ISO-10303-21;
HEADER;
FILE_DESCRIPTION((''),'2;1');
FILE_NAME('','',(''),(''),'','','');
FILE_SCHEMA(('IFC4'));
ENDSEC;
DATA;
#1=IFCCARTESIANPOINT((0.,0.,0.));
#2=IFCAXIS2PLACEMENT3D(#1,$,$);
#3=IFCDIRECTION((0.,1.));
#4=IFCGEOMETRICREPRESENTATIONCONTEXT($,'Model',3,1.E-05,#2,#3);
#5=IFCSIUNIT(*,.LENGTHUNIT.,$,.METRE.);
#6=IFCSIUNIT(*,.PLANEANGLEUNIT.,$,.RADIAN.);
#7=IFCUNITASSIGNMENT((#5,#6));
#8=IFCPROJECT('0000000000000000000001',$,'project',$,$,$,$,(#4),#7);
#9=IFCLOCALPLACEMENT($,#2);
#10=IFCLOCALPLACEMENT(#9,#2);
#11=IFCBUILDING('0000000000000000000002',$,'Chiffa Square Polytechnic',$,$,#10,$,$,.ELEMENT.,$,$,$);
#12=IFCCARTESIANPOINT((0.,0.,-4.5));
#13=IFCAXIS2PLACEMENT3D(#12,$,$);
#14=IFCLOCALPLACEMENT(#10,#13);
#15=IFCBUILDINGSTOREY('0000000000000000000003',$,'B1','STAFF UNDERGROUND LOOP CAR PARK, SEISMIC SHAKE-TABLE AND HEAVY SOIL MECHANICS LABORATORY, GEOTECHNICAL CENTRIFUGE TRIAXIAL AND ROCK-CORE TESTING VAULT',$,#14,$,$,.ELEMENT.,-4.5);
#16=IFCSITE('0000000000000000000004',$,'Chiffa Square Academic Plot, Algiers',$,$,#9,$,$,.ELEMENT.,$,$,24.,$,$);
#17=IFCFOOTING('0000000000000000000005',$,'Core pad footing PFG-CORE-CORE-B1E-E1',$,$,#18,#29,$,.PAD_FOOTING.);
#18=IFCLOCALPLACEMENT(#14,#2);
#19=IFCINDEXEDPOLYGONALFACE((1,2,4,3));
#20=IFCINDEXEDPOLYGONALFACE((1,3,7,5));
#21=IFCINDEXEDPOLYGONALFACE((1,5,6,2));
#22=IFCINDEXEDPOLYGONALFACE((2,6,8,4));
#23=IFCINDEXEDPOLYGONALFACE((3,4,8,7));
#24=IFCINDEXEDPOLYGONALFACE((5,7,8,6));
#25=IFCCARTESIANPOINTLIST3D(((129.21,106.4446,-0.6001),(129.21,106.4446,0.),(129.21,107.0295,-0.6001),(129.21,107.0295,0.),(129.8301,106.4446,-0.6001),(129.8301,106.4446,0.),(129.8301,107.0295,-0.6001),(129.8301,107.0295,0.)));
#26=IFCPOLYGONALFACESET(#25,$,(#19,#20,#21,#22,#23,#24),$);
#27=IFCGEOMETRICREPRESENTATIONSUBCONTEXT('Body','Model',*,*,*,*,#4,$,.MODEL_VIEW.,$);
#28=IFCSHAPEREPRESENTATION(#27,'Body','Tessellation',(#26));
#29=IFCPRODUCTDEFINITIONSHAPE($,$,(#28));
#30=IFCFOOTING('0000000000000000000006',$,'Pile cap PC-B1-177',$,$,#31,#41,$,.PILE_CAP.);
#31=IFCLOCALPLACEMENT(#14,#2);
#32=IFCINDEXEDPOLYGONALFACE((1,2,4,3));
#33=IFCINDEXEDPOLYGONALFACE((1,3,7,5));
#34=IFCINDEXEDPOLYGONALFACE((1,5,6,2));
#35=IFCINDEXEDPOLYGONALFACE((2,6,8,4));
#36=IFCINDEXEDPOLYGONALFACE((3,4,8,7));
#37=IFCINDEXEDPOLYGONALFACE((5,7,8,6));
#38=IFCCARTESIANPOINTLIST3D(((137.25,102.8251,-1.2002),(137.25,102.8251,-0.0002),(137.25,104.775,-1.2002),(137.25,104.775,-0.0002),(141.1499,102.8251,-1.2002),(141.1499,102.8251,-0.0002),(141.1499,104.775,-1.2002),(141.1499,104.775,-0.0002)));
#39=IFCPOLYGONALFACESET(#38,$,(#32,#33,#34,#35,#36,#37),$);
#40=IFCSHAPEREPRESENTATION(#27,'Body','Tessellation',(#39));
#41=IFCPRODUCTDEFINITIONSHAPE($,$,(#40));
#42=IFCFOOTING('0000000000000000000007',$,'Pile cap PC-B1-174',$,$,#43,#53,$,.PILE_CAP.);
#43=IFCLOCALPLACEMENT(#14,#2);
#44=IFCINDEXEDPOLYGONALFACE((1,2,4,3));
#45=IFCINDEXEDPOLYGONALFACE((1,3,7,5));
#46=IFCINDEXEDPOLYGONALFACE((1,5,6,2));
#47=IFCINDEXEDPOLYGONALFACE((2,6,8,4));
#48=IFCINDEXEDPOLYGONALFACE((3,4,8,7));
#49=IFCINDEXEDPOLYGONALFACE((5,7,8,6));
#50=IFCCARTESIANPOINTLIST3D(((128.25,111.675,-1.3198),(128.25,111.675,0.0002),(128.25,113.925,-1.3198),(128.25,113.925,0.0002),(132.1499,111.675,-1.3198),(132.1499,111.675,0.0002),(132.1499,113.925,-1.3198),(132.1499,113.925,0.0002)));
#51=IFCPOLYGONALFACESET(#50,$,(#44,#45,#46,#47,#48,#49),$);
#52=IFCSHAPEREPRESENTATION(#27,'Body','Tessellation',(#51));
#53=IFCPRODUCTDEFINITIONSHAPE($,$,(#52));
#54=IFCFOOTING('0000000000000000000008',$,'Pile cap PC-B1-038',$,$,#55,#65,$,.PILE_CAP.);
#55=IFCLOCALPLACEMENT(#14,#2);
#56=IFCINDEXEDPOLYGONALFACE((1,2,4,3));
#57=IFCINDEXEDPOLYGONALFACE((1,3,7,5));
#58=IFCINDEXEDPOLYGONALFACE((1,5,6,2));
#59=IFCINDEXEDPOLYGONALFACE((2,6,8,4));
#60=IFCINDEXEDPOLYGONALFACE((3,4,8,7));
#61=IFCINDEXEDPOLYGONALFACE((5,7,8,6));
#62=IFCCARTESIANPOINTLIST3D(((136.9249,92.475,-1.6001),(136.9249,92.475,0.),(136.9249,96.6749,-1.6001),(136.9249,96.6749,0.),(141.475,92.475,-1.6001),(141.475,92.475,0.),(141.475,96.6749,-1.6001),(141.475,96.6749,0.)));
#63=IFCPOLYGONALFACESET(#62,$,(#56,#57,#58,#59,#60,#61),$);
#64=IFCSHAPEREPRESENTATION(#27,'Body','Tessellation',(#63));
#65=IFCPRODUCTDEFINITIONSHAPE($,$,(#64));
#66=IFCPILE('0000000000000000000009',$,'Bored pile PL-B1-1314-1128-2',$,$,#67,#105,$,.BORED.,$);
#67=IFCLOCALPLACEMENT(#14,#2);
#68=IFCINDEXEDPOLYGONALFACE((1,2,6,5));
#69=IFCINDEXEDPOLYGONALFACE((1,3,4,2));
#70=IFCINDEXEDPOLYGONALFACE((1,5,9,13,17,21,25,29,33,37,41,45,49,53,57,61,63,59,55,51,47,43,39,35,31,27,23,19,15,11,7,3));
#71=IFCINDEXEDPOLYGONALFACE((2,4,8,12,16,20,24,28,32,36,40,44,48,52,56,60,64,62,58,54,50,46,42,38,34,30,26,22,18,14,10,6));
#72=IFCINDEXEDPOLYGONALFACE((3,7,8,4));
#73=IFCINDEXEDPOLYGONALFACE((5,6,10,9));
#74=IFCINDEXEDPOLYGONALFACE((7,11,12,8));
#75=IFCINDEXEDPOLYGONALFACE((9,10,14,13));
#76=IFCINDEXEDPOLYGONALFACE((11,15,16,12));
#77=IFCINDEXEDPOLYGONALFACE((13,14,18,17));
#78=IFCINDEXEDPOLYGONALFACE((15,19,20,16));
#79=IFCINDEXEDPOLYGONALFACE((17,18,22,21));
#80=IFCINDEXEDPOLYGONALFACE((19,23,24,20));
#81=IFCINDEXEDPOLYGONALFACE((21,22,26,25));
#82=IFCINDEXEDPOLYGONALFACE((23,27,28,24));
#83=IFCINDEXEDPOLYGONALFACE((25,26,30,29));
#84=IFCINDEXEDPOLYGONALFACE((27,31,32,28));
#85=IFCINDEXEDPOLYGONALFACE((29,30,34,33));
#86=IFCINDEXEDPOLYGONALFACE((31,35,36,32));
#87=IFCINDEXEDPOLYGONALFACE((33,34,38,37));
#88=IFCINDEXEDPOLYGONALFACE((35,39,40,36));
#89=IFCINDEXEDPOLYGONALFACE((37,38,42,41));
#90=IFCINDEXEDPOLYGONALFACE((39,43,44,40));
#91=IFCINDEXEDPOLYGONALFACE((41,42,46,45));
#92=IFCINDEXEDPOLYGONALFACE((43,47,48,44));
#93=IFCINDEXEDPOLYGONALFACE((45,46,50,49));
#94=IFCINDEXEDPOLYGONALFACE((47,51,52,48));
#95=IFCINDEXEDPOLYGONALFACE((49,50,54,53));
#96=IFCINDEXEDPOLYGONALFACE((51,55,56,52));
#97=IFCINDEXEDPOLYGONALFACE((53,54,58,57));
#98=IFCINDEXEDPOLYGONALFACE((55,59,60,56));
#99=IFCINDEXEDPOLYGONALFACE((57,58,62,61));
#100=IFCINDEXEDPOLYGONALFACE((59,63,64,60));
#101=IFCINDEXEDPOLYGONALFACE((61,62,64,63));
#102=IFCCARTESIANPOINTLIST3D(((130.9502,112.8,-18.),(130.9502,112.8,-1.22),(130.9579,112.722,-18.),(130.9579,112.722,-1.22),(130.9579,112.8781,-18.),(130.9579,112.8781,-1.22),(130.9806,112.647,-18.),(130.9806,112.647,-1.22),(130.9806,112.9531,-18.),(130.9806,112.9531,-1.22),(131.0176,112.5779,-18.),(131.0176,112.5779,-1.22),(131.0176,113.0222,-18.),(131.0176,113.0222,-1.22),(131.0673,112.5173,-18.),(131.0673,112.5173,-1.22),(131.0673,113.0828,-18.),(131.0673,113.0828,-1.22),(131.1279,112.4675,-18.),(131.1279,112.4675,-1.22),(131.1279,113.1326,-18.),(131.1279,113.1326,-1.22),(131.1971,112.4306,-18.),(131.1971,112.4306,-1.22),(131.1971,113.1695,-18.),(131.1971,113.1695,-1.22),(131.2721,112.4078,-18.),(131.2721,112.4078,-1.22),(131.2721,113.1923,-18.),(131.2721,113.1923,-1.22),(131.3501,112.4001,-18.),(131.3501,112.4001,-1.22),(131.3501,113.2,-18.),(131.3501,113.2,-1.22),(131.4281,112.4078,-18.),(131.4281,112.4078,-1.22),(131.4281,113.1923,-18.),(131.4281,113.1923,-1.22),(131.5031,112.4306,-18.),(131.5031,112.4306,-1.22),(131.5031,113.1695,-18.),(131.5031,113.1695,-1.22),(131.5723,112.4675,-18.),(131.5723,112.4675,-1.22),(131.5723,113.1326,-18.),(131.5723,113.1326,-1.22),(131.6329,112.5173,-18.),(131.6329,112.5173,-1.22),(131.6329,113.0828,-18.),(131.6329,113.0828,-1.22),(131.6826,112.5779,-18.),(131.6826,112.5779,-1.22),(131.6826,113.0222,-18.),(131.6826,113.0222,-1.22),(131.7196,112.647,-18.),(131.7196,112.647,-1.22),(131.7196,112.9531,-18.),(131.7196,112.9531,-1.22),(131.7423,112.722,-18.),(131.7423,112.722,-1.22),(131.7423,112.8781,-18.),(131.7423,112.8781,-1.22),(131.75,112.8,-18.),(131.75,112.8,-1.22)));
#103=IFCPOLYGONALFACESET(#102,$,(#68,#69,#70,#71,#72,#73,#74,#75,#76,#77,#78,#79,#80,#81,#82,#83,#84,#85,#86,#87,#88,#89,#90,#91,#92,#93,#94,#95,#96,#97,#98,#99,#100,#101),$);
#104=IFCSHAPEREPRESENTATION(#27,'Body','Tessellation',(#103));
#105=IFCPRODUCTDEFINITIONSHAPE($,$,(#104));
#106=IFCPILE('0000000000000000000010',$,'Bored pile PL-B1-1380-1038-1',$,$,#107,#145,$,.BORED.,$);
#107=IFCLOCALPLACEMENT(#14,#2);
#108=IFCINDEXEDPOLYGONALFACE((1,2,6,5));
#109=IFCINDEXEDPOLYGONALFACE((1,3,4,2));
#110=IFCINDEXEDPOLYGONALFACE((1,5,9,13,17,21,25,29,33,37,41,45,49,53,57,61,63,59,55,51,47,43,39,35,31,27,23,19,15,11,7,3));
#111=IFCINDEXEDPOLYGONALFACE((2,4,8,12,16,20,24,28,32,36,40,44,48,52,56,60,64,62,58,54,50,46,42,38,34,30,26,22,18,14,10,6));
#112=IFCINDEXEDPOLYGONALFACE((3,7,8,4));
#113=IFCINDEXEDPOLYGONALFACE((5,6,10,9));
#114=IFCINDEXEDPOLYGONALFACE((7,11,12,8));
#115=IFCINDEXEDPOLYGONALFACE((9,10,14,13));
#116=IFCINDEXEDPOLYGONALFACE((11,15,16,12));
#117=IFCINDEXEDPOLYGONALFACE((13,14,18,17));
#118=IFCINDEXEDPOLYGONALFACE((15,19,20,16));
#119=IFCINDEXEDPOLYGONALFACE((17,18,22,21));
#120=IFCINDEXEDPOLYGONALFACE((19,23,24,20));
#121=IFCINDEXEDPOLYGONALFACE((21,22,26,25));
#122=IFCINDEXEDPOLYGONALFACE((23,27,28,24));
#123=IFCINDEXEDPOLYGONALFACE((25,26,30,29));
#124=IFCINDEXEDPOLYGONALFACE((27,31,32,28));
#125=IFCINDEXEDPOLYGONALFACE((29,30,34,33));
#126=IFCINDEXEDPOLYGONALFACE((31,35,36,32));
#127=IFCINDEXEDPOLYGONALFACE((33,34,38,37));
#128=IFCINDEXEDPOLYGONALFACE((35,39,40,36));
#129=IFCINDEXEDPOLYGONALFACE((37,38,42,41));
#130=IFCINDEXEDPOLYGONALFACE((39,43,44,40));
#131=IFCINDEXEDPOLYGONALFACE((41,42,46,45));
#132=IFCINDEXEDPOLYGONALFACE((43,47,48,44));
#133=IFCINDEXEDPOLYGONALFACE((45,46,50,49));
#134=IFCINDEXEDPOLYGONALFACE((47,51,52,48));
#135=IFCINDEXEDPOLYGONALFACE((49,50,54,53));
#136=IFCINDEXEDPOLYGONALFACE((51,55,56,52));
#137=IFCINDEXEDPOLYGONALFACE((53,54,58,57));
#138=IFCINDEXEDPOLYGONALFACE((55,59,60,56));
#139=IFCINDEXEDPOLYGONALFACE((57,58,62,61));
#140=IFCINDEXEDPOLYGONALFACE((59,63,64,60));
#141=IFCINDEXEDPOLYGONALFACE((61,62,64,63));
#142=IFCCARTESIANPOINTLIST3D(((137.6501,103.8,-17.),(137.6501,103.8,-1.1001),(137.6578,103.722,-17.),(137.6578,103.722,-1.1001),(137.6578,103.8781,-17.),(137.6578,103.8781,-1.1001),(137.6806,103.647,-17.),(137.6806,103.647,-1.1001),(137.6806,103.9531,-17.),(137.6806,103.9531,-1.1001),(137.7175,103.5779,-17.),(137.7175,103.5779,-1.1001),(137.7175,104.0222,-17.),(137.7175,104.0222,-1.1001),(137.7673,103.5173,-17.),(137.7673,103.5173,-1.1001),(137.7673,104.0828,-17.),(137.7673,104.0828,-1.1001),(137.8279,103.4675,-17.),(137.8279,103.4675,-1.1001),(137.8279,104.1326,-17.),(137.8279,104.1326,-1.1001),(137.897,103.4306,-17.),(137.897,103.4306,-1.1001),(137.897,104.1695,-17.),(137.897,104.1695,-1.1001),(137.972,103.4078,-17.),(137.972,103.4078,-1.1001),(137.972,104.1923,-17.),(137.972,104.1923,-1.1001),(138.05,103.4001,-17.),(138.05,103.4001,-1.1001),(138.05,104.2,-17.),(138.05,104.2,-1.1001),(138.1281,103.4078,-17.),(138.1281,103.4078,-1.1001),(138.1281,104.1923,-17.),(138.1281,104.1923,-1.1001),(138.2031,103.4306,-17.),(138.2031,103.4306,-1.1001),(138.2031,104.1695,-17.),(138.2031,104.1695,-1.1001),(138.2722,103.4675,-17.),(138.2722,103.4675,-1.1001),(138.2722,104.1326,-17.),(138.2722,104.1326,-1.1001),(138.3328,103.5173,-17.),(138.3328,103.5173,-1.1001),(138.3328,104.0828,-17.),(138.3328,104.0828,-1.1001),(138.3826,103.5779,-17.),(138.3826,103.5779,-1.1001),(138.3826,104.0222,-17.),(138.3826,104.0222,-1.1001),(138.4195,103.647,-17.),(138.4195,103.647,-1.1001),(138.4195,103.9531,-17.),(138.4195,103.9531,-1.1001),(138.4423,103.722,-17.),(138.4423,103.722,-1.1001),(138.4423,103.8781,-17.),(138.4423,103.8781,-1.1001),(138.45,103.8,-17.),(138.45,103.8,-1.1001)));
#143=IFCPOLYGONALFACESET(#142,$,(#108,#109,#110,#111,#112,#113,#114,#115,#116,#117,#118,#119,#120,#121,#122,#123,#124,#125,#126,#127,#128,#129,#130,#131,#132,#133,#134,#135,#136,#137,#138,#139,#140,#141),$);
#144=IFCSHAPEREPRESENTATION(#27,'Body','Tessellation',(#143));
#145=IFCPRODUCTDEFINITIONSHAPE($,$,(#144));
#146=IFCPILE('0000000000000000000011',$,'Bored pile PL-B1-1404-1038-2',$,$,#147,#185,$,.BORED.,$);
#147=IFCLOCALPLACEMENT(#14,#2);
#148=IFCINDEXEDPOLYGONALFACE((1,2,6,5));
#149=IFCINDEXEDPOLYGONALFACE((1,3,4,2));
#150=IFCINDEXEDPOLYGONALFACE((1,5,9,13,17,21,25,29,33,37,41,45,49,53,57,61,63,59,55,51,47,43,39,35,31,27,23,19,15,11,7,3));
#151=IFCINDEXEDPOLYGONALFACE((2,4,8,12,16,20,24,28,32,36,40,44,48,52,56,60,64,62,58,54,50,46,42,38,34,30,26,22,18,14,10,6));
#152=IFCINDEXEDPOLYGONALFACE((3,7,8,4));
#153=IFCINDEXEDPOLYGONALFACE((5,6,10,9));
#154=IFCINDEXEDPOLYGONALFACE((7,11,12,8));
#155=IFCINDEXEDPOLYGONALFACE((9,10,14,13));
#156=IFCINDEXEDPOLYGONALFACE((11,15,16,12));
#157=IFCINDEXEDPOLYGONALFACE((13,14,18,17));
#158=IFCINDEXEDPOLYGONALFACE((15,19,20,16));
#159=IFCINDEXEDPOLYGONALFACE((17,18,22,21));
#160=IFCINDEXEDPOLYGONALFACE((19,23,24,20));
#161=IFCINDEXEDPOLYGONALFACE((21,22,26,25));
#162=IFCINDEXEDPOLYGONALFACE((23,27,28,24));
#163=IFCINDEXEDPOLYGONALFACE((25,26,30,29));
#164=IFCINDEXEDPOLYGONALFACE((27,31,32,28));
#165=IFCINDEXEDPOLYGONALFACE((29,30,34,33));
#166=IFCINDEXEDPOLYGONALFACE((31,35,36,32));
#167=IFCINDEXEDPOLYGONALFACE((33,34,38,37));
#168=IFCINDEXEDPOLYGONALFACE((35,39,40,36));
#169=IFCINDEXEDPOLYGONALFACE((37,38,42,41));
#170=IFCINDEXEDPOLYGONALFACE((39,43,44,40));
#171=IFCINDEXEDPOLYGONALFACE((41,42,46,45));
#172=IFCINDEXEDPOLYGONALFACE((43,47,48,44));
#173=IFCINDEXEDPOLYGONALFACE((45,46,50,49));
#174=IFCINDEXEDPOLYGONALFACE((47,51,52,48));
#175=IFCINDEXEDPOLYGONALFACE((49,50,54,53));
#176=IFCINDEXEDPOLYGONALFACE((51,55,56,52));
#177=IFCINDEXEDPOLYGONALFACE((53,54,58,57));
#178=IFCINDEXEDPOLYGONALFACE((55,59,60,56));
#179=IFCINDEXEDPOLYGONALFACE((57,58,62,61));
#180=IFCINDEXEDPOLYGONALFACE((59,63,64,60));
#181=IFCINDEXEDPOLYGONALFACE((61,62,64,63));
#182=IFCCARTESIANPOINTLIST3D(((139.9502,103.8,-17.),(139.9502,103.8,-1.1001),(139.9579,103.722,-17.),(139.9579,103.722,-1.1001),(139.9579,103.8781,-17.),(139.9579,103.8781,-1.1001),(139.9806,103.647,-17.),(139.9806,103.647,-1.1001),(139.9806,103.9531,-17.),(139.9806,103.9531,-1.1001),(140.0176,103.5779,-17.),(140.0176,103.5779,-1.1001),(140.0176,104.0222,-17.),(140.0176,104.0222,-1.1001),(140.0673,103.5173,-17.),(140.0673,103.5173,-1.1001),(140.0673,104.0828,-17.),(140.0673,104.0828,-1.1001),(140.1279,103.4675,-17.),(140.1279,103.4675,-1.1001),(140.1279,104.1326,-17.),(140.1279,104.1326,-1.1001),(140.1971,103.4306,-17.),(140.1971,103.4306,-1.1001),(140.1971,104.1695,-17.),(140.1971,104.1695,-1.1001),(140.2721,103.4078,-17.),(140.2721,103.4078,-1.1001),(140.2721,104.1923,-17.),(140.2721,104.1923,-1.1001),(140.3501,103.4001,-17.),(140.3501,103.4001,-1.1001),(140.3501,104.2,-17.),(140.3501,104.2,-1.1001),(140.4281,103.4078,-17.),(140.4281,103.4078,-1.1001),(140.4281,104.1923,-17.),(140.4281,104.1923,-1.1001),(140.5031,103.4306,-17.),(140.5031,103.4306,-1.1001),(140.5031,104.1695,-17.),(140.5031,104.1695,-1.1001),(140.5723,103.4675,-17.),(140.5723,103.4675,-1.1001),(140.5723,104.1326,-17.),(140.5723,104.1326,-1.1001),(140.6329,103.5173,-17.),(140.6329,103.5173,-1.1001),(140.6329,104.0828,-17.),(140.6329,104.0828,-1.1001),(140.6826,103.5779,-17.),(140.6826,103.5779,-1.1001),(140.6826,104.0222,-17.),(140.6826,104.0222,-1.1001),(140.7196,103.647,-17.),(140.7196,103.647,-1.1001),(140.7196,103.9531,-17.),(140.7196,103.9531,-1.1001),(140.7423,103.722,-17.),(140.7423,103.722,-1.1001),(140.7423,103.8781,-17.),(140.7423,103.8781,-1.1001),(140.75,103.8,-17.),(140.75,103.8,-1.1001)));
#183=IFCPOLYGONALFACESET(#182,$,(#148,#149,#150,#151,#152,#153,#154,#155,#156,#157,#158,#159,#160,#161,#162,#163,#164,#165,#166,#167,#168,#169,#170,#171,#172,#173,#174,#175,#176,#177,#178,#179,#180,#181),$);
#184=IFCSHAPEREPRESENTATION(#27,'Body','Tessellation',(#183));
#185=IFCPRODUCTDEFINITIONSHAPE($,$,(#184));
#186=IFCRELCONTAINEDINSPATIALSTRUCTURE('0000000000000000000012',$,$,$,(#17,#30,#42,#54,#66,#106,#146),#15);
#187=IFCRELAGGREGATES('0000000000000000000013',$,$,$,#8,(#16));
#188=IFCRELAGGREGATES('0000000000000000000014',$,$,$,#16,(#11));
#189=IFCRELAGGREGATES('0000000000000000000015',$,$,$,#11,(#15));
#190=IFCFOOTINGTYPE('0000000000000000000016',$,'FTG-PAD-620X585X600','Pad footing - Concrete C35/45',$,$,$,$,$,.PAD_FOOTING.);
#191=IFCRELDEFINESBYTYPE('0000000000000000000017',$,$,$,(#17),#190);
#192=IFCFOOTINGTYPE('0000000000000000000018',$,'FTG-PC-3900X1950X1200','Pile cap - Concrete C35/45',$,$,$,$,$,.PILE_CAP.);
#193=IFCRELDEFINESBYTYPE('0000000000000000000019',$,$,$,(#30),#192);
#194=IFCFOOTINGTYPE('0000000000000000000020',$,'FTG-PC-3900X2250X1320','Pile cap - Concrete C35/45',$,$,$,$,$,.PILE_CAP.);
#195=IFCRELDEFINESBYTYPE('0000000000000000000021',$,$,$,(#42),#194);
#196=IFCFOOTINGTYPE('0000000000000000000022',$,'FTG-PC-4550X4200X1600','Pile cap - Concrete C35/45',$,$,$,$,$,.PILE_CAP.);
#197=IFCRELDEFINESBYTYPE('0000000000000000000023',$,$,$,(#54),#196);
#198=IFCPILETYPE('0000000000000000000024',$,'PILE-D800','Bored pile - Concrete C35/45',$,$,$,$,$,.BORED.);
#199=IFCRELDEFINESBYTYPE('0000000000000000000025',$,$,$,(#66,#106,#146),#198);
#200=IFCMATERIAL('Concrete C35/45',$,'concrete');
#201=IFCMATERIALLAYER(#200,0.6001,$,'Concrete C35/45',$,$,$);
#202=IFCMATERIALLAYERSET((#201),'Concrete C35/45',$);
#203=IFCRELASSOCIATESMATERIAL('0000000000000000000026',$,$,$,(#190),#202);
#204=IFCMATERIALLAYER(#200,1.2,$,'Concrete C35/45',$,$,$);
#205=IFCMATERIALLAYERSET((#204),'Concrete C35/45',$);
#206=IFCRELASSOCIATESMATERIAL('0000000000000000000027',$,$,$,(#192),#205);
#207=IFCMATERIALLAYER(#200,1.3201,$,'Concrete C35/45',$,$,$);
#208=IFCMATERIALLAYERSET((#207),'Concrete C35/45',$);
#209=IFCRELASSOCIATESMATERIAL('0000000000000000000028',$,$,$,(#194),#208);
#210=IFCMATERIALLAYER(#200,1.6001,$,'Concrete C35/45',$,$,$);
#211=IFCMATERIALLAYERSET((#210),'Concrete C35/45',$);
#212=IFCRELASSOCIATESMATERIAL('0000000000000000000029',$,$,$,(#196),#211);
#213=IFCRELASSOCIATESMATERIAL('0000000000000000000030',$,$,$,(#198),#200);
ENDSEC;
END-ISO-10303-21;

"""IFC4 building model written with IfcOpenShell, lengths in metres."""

from ifc_helpers import new_model, si_unit, direction, frame, origin, origin_2d, place, context, subcontext, project, spatial, rectangle, circle, extrude, material, layer, layer_set, material_profile, profile_set, type_object, element, save


model = new_model("IFC4")

# Units and contexts
model_context = context("Model", 3, precision=1e-05, world=origin(), true_north=direction((0.0, 1.0)))
body_context = subcontext(model_context, "Body", "Model", "MODEL_VIEW")
ifc_project = project(units=[si_unit("LENGTHUNIT", "METRE"), si_unit("PLANEANGLEUNIT", "RADIAN")], contexts=[model_context])

# Site, building, storey
site_placement = place(None, origin())
site = spatial("IfcSite", under=ifc_project, at=site_placement, Name="Chiffa Square Academic Plot, Algiers", CompositionType="ELEMENT", RefElevation=24.0)
building_placement = place(site_placement, origin())
building = spatial("IfcBuilding", under=site, at=building_placement, Name="Chiffa Square Polytechnic", CompositionType="ELEMENT")
storey_placement = place(building_placement, frame((0.0, 0.0, -4.5)))
storey = spatial("IfcBuildingStorey", under=building, at=storey_placement, Name="B1", Description="STAFF UNDERGROUND LOOP CAR PARK, SEISMIC SHAKE-TABLE AND HEAVY SOIL MECHANICS LABORATORY, GEOTECHNICAL CENTRIFUGE TRIAXIAL AND ROCK-CORE TESTING VAULT", CompositionType="ELEMENT", Elevation=-4.5)

# Footings
ifc_material_1 = material(Name="Concrete C35/45", Category="concrete")
ifc_layer_1 = layer(ifc_material_1, 0.6001, Name="Concrete C35/45")
ifc_layer_set_1 = layer_set([ifc_layer_1], Name="Concrete C35/45")
footing_type_1 = type_object("IfcFootingType", Name="FTG-PAD-620X585X600", Description="Pad footing - Concrete C35/45", PredefinedType="PAD_FOOTING", material=ifc_layer_set_1)
footing_1_placement = place(storey_placement, frame((129.52, 106.7371, -0.6001), z_axis=(0.0, 0.0, 1.0), x_axis=(1.0, 0.0, 0.0)))
element("IfcFooting", 1, at=footing_1_placement, inside=storey, type_object=footing_type_1, Name="Core pad footing PFG-CORE-CORE-B1E-E1", PredefinedType="PAD_FOOTING", context=body_context, shape_type="SweptSolid", body=[
    extrude(rectangle(XDim=0.6201, YDim=0.585, at=origin_2d()), origin(), (0.0, 0.0, 1.0), 0.6001),
])
ifc_layer_2 = layer(ifc_material_1, 1.2, Name="Concrete C35/45")
ifc_layer_set_2 = layer_set([ifc_layer_2], Name="Concrete C35/45")
footing_type_2 = type_object("IfcFootingType", Name="FTG-PC-3900X1950X1200", Description="Pile cap - Concrete C35/45", PredefinedType="PILE_CAP", material=ifc_layer_set_2)
footing_2_placement = place(storey_placement, frame((139.2, 103.8, -1.2002), z_axis=(0.0, 0.0, 1.0), x_axis=(1.0, 0.0, 0.0)))
element("IfcFooting", 2, at=footing_2_placement, inside=storey, type_object=footing_type_2, Name="Pile cap PC-B1-177", PredefinedType="PILE_CAP", context=body_context, shape_type="SweptSolid", body=[
    extrude(rectangle(XDim=3.8999, YDim=1.95, at=origin_2d()), origin(), (0.0, 0.0, 1.0), 1.2),
])
ifc_layer_3 = layer(ifc_material_1, 1.3201, Name="Concrete C35/45")
ifc_layer_set_3 = layer_set([ifc_layer_3], Name="Concrete C35/45")
footing_type_3 = type_object("IfcFootingType", Name="FTG-PC-3900X2250X1320", Description="Pile cap - Concrete C35/45", PredefinedType="PILE_CAP", material=ifc_layer_set_3)
footing_3_placement = place(storey_placement, frame((130.2, 112.8, -1.3198), z_axis=(0.0, 0.0, 1.0), x_axis=(1.0, 0.0, 0.0)))
element("IfcFooting", 3, at=footing_3_placement, inside=storey, type_object=footing_type_3, Name="Pile cap PC-B1-174", PredefinedType="PILE_CAP", context=body_context, shape_type="SweptSolid", body=[
    extrude(rectangle(XDim=3.8999, YDim=2.25, at=origin_2d()), origin(), (0.0, 0.0, 1.0), 1.3201),
])
ifc_layer_4 = layer(ifc_material_1, 1.6001, Name="Concrete C35/45")
ifc_layer_set_4 = layer_set([ifc_layer_4], Name="Concrete C35/45")
footing_type_4 = type_object("IfcFootingType", Name="FTG-PC-4550X4200X1600", Description="Pile cap - Concrete C35/45", PredefinedType="PILE_CAP", material=ifc_layer_set_4)
footing_4_placement = place(storey_placement, frame((139.2, 94.575, -1.6001), z_axis=(0.0, 0.0, 1.0), x_axis=(1.0, 0.0, 0.0)))
element("IfcFooting", 4, at=footing_4_placement, inside=storey, type_object=footing_type_4, Name="Pile cap PC-B1-038", PredefinedType="PILE_CAP", context=body_context, shape_type="SweptSolid", body=[
    extrude(rectangle(XDim=4.55, YDim=4.2, at=origin_2d()), origin(), (0.0, 0.0, 1.0), 1.6001),
])

# Piles
ifc_material_profile_1 = material_profile(ifc_material_1, circle(Radius=0.3999, at=origin_2d()), Name="PILE D800")
ifc_profile_set_1 = profile_set([ifc_material_profile_1], Name="Concrete C35/45")
pile_type_1 = type_object("IfcPileType", Name="PILE-D800", Description="Bored pile - Concrete C35/45", PredefinedType="BORED", material=ifc_profile_set_1)
pile_1_placement = place(storey_placement, frame((131.3501, 112.8, -1.22), z_axis=(0.0, 0.0, -1.0), x_axis=(1.0, 0.0, 0.0)))
element("IfcPile", 5, at=pile_1_placement, inside=storey, type_object=pile_type_1, Name="Bored pile PL-B1-1314-1128-2", PredefinedType="BORED", context=body_context, shape_type="SweptSolid", body=[
    extrude(circle(Radius=0.3999, at=origin_2d()), origin(), (0.0, 0.0, 1.0), 16.78),
])
for number, where, z_axis, x_axis, name in (
    (6, (138.05, 103.8, -1.1001), (0.0, 0.0, -1.0), (1.0, 0.0, 0.0), "Bored pile PL-B1-1380-1038-1"),
    (7, (140.3501, 103.8, -1.1001), (0.0, 0.0, -1.0), (1.0, 0.0, 0.0), "Bored pile PL-B1-1404-1038-2"),
):
    element("IfcPile", number, at=place(storey_placement, frame(where, z_axis=z_axis, x_axis=x_axis)), inside=storey, type_object=pile_type_1, Name=name, PredefinedType="BORED", context=body_context, shape_type="SweptSolid", body=[
        extrude(circle(Radius=0.3999, at=origin_2d()), origin(), (0.0, 0.0, 1.0), 15.8999),
    ])

save(model, "model.ifc")
